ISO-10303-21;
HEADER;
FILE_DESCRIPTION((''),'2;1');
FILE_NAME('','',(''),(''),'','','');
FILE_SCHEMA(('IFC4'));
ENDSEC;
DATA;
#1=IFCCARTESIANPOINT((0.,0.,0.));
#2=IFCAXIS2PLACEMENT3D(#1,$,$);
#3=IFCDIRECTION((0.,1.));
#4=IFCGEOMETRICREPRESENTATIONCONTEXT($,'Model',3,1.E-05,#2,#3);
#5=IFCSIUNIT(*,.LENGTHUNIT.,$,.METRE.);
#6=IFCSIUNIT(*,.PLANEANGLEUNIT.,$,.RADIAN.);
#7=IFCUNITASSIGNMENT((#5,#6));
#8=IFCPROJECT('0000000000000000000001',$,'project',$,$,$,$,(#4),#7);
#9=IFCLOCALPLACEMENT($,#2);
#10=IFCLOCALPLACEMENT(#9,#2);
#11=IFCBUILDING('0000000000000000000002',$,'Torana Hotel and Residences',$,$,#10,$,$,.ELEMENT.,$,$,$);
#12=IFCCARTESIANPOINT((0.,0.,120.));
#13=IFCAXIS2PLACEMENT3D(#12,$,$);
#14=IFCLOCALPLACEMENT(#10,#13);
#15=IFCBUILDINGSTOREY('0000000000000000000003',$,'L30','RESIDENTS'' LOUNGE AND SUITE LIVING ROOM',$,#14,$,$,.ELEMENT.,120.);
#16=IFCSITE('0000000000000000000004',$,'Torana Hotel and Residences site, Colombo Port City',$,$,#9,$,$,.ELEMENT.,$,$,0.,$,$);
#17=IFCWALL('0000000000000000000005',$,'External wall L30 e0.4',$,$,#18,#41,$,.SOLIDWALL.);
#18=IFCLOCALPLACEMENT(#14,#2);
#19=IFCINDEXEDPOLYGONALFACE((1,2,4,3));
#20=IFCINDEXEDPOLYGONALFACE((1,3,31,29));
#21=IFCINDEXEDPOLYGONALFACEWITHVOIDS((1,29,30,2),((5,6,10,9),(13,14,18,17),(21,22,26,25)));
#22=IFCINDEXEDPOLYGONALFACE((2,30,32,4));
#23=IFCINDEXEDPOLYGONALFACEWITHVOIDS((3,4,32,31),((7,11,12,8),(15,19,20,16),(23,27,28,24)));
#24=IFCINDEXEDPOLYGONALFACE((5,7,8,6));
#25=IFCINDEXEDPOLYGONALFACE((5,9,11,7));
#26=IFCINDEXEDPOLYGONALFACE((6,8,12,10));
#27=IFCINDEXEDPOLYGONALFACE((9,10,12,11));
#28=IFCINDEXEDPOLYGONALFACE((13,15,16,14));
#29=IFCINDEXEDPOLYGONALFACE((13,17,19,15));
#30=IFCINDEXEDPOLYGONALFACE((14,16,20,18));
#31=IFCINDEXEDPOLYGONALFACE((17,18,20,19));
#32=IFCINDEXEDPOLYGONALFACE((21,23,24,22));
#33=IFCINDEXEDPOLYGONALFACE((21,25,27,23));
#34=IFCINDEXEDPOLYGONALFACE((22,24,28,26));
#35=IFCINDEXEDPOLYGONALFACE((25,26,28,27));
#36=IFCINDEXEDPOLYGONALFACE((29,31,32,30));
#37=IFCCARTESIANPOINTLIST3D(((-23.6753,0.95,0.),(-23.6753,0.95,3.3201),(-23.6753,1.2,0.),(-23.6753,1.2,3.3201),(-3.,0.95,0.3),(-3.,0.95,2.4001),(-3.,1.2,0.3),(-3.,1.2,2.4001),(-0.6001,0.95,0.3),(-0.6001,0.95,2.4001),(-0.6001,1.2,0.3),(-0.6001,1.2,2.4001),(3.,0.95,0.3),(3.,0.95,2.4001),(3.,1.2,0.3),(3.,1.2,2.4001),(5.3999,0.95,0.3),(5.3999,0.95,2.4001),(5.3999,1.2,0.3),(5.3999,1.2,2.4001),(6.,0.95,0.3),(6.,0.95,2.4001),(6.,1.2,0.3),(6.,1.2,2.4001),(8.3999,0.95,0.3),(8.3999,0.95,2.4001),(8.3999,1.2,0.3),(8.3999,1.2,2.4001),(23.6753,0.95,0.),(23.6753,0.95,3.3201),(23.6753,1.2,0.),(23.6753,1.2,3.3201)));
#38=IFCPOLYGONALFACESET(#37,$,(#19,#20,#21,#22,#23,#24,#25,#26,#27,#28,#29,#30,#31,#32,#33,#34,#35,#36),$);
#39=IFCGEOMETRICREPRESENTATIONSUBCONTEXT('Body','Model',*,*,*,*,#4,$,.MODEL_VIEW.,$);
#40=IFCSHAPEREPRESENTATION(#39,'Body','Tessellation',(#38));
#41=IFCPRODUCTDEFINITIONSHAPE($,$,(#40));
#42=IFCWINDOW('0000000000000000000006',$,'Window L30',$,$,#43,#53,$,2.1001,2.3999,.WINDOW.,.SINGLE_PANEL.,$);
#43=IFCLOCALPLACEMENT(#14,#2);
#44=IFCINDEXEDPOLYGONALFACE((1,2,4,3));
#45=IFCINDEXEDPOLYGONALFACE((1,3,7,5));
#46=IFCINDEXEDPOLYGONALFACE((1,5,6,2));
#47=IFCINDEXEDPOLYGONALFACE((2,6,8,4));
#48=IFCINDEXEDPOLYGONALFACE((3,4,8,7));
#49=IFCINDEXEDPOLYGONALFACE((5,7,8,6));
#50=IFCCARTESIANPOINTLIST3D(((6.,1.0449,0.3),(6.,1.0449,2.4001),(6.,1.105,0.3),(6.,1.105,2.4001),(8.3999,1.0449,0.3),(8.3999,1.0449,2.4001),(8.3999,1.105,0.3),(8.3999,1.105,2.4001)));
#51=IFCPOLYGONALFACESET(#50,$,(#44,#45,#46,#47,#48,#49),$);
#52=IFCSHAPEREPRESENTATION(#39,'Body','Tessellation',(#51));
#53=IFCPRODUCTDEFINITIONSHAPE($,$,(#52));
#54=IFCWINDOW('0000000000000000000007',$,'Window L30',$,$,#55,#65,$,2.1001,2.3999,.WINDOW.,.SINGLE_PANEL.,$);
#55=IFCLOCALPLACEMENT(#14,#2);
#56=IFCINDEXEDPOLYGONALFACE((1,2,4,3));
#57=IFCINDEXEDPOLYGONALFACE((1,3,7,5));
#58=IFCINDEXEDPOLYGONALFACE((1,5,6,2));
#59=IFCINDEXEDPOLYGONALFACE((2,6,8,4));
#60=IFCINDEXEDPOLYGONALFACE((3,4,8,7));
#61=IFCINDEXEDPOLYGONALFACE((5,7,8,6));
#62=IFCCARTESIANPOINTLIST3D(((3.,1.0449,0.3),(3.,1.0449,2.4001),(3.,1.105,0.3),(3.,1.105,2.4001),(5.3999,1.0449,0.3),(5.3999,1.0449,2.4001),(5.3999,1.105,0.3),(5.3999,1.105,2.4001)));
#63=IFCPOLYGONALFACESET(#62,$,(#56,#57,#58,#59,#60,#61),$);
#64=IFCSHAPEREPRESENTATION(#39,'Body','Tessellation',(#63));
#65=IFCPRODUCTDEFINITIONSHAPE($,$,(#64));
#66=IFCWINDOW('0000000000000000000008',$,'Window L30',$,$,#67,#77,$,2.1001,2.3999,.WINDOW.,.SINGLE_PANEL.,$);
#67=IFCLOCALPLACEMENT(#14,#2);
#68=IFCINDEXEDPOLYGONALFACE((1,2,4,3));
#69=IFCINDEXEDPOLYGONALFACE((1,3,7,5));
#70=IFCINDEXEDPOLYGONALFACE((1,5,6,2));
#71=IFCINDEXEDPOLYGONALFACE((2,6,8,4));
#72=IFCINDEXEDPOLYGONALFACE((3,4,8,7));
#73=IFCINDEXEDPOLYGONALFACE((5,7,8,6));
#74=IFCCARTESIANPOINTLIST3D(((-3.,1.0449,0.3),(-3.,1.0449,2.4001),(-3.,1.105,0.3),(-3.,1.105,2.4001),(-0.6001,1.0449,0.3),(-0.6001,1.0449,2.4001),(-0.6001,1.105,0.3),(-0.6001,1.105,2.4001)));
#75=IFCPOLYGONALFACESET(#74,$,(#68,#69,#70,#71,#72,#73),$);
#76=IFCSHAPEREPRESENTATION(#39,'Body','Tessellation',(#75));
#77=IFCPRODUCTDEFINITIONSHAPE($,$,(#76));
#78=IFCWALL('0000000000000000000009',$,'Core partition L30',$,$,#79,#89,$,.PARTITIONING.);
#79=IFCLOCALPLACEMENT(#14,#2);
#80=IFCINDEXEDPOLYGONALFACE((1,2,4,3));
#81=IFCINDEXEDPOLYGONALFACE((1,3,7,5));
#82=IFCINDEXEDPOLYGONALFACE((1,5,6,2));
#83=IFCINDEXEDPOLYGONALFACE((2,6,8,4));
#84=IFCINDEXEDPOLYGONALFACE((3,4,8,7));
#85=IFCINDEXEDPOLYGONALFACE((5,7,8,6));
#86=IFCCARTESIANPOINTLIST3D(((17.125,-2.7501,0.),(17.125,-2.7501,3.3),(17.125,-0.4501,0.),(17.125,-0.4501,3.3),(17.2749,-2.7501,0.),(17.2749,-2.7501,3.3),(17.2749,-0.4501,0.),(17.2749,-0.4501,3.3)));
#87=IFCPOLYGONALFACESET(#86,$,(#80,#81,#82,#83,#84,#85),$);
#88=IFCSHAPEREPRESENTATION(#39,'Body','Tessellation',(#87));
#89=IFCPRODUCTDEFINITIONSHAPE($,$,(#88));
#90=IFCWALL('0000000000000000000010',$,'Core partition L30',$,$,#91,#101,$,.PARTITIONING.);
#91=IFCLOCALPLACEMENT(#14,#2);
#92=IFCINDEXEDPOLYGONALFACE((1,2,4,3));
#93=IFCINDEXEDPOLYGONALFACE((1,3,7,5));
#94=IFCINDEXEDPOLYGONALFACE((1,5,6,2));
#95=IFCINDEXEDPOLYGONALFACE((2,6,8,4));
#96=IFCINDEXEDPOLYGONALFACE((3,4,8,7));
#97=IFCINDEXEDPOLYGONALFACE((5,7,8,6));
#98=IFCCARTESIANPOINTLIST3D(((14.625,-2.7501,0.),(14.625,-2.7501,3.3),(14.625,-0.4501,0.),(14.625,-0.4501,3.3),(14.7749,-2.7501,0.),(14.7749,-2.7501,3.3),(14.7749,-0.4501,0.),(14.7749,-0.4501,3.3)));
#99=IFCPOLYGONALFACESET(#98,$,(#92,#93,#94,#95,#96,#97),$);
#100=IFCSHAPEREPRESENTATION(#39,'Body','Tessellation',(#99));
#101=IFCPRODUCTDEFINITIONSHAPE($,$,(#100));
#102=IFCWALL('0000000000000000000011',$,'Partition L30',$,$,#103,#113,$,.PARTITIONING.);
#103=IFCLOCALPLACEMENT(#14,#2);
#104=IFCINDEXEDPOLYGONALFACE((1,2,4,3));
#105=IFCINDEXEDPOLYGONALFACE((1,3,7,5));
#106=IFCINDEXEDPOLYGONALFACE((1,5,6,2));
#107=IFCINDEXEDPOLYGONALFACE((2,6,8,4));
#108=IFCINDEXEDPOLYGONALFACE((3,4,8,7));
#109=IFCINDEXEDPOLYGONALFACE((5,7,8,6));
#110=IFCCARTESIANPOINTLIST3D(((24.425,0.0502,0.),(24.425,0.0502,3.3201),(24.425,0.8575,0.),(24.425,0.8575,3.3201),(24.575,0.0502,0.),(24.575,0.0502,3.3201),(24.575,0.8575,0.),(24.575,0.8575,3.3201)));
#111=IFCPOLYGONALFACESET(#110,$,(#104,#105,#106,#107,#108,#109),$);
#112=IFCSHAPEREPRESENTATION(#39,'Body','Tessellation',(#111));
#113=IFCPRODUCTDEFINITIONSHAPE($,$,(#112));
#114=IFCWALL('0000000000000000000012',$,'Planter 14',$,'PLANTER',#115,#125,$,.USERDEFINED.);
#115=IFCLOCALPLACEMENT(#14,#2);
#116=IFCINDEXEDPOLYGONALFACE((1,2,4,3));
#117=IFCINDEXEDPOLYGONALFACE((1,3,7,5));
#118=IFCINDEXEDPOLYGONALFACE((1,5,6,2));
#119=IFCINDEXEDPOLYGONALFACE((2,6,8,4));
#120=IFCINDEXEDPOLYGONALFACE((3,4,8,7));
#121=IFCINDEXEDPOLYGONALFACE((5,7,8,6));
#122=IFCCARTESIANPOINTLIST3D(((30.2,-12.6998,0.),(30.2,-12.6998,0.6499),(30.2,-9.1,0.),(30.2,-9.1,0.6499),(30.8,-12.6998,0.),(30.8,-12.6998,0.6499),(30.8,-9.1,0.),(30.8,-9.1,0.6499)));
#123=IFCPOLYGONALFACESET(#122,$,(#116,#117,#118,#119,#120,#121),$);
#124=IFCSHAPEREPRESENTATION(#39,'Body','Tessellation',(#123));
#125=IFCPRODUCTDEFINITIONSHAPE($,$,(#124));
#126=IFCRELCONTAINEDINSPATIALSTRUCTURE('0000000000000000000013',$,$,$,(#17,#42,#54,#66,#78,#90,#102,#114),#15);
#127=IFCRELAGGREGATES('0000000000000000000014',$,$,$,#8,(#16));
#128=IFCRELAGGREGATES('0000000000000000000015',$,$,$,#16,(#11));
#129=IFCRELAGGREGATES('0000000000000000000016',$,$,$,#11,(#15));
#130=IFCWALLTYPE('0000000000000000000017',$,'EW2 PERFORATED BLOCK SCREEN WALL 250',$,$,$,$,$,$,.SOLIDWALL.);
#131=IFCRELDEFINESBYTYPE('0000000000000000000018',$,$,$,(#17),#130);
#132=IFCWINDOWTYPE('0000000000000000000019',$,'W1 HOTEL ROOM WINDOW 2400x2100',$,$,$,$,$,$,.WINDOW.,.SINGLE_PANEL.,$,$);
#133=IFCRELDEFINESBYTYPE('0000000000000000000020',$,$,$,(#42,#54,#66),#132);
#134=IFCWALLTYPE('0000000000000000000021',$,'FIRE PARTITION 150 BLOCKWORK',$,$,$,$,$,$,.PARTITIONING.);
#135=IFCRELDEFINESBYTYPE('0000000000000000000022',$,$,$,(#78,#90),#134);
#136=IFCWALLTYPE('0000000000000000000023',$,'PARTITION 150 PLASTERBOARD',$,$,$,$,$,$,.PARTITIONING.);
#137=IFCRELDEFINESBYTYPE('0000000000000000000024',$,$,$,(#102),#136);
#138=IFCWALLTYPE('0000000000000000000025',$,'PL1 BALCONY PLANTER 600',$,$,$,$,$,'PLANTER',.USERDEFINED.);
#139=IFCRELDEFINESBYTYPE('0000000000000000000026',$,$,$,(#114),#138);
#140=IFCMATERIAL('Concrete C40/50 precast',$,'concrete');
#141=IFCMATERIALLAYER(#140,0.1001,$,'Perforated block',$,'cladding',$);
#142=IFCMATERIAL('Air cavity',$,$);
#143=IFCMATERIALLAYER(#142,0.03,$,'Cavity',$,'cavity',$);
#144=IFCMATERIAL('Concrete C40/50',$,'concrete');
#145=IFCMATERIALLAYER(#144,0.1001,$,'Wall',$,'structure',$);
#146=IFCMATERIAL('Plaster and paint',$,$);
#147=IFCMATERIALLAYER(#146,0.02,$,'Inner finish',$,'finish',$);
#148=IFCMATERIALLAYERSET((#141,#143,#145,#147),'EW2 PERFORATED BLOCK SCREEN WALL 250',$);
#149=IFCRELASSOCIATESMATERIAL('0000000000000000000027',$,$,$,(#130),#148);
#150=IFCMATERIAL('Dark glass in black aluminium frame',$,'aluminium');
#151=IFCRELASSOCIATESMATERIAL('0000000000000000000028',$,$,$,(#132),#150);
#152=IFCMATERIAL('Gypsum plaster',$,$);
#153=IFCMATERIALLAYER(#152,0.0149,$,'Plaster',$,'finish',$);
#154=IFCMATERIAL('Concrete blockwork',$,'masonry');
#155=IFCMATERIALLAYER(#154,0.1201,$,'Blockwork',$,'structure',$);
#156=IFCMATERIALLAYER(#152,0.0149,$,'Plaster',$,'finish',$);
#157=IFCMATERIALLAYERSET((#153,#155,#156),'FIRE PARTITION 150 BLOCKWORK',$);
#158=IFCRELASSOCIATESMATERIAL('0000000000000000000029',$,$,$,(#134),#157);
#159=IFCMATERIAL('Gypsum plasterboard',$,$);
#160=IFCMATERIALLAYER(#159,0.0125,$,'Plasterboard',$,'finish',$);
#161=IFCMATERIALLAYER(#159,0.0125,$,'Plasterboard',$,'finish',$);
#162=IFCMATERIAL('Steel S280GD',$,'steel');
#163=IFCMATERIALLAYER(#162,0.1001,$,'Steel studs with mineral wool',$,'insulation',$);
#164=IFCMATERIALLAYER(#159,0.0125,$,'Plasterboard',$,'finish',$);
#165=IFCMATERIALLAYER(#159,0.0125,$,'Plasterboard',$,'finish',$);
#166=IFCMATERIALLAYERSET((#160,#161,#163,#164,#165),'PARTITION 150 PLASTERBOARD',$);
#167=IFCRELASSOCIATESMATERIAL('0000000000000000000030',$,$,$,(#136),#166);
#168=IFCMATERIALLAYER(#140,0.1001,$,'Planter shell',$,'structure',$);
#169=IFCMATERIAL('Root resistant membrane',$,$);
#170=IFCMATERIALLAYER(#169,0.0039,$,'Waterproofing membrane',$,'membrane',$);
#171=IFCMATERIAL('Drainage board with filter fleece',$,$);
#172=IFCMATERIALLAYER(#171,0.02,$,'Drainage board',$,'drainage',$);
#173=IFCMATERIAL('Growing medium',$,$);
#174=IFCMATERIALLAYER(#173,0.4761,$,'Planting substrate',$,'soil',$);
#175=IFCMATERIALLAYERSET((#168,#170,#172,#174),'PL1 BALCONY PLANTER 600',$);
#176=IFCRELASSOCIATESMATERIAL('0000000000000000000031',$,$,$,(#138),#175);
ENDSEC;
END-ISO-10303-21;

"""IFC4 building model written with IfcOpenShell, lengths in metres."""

from ifc_helpers import new_model, si_unit, direction, frame, frame_2d, origin, place, context, subcontext, project, spatial, rectangle, extrude, material, layer, layer_set, type_object, element, fill, save


model = new_model("IFC4")

# Units and contexts
model_context = context("Model", 3, precision=1e-05, world=origin(), true_north=direction((0.0, 1.0)))
body_context = subcontext(model_context, "Body", "Model", "MODEL_VIEW")
ifc_project = project(units=[si_unit("LENGTHUNIT", "METRE"), si_unit("PLANEANGLEUNIT", "RADIAN")], contexts=[model_context])

# Site, building, storey
site_placement = place(None, origin())
site = spatial("IfcSite", under=ifc_project, at=site_placement, Name="Torana Hotel and Residences site, Colombo Port City", CompositionType="ELEMENT", RefElevation=0.0)
building_placement = place(site_placement, origin())
building = spatial("IfcBuilding", under=site, at=building_placement, Name="Torana Hotel and Residences", CompositionType="ELEMENT")
storey_placement = place(building_placement, frame((0.0, 0.0, 120.0)))
storey = spatial("IfcBuildingStorey", under=building, at=storey_placement, Name="L30", Description="RESIDENTS' LOUNGE AND SUITE LIVING ROOM", CompositionType="ELEMENT", Elevation=120.0)

# Shared definitions
ifc_material_1 = material(Name="Steel S280GD", Category="steel")

# Wall, openings, windows
ifc_material_2 = material(Name="Concrete C40/50 precast", Category="concrete")
ifc_layer_1 = layer(ifc_material_2, 0.1001, Name="Perforated block", Category="cladding")
ifc_material_3 = material(Name="Air cavity")
ifc_layer_2 = layer(ifc_material_3, 0.03, Name="Cavity", Category="cavity")
ifc_material_4 = material(Name="Concrete C40/50", Category="concrete")
ifc_layer_3 = layer(ifc_material_4, 0.1001, Name="Wall", Category="structure")
ifc_material_5 = material(Name="Plaster and paint")
ifc_layer_4 = layer(ifc_material_5, 0.02, Name="Inner finish", Category="finish")
ifc_layer_set_1 = layer_set([ifc_layer_1, ifc_layer_2, ifc_layer_3, ifc_layer_4], Name="EW2 PERFORATED BLOCK SCREEN WALL 250")
wall_type_1 = type_object("IfcWallType", Name="EW2 PERFORATED BLOCK SCREEN WALL 250", PredefinedType="SOLIDWALL", material=ifc_layer_set_1)
wall_1_placement = place(storey_placement, frame((23.6753, 1.075, 0.0), z_axis=(0.0, 0.0, 1.0), x_axis=(-1.0, 0.0, 0.0)))
wall_1 = element("IfcWall", 1, at=wall_1_placement, inside=storey, type_object=wall_type_1, Name="External wall L30 e0.4", PredefinedType="SOLIDWALL", context=body_context, shape_type="SweptSolid", body=[
    extrude(rectangle(XDim=47.3506, YDim=0.25, at=frame_2d((23.6753, 0.0))), origin(), (0.0, 0.0, 1.0), 3.3201),
])
opening_1_placement = place(wall_1_placement, frame((15.2754, 0.0, 0.3)))
opening_1 = element("IfcOpeningElement", 2, at=opening_1_placement, cuts=wall_1, PredefinedType="OPENING", context=body_context, shape_type="SweptSolid", body=[
    extrude(rectangle(XDim=2.3999, YDim=2.1001, at=frame_2d((1.2, 1.05))), frame((0.0, 0.135, 0.0), z_axis=(0.0, -1.0, 0.0), x_axis=(1.0, 0.0, 0.0)), (0.0, 0.0, 1.0), 0.27),
])
opening_2_placement = place(wall_1_placement, frame((18.2754, 0.0, 0.3)))
opening_2 = element("IfcOpeningElement", 3, at=opening_2_placement, cuts=wall_1, PredefinedType="OPENING", context=body_context, shape_type="SweptSolid", body=[
    extrude(rectangle(XDim=2.3999, YDim=2.1001, at=frame_2d((1.2, 1.05))), frame((0.0, 0.135, 0.0), z_axis=(0.0, -1.0, 0.0), x_axis=(1.0, 0.0, 0.0)), (0.0, 0.0, 1.0), 0.27),
])
opening_3_placement = place(wall_1_placement, frame((24.2754, 0.0, 0.3)))
opening_3 = element("IfcOpeningElement", 4, at=opening_3_placement, cuts=wall_1, PredefinedType="OPENING", context=body_context, shape_type="SweptSolid", body=[
    extrude(rectangle(XDim=2.3999, YDim=2.1001, at=frame_2d((1.2, 1.05))), frame((0.0, 0.135, 0.0), z_axis=(0.0, -1.0, 0.0), x_axis=(1.0, 0.0, 0.0)), (0.0, 0.0, 1.0), 0.27),
])
ifc_material_6 = material(Name="Dark glass in black aluminium frame", Category="aluminium")
window_type = type_object("IfcWindowType", Name="W1 HOTEL ROOM WINDOW 2400x2100", PartitioningType="SINGLE_PANEL", PredefinedType="WINDOW", material=ifc_material_6)
window_1_placement = place(opening_1_placement, origin())
window_1 = element("IfcWindow", 5, at=window_1_placement, inside=storey, type_object=window_type, Name="Window L30", OverallHeight=2.1001, OverallWidth=2.3999, PartitioningType="SINGLE_PANEL", PredefinedType="WINDOW", context=body_context, shape_type="SweptSolid", body=[
    extrude(rectangle(XDim=2.3999, YDim=2.1001, at=frame_2d((1.2, 1.05))), frame((0.0, 0.03, 0.0), z_axis=(0.0, -1.0, 0.0), x_axis=(1.0, 0.0, 0.0)), (0.0, 0.0, 1.0), 0.0601),
])
fill(opening_1, window_1)
window_2_placement = place(opening_2_placement, origin())
window_2 = element("IfcWindow", 6, at=window_2_placement, inside=storey, type_object=window_type, Name="Window L30", OverallHeight=2.1001, OverallWidth=2.3999, PartitioningType="SINGLE_PANEL", PredefinedType="WINDOW", context=body_context, shape_type="SweptSolid", body=[
    extrude(rectangle(XDim=2.3999, YDim=2.1001, at=frame_2d((1.2, 1.05))), frame((0.0, 0.03, 0.0), z_axis=(0.0, -1.0, 0.0), x_axis=(1.0, 0.0, 0.0)), (0.0, 0.0, 1.0), 0.0601),
])
fill(opening_2, window_2)
window_3_placement = place(opening_3_placement, origin())
window_3 = element("IfcWindow", 7, at=window_3_placement, inside=storey, type_object=window_type, Name="Window L30", OverallHeight=2.1001, OverallWidth=2.3999, PartitioningType="SINGLE_PANEL", PredefinedType="WINDOW", context=body_context, shape_type="SweptSolid", body=[
    extrude(rectangle(XDim=2.3999, YDim=2.1001, at=frame_2d((1.2, 1.05))), frame((0.0, 0.03, 0.0), z_axis=(0.0, -1.0, 0.0), x_axis=(1.0, 0.0, 0.0)), (0.0, 0.0, 1.0), 0.0601),
])
fill(opening_3, window_3)

# Walls
ifc_material_7 = material(Name="Gypsum plaster")
ifc_layer_5 = layer(ifc_material_7, 0.0149, Name="Plaster", Category="finish")
ifc_material_8 = material(Name="Concrete blockwork", Category="masonry")
ifc_layer_6 = layer(ifc_material_8, 0.1201, Name="Blockwork", Category="structure")
ifc_layer_7 = layer(ifc_material_7, 0.0149, Name="Plaster", Category="finish")
ifc_layer_set_2 = layer_set([ifc_layer_5, ifc_layer_6, ifc_layer_7], Name="FIRE PARTITION 150 BLOCKWORK")
wall_type_2 = type_object("IfcWallType", Name="FIRE PARTITION 150 BLOCKWORK", PredefinedType="PARTITIONING", material=ifc_layer_set_2)
for number, where, z_axis, x_axis, name in (
    (8, (17.2, -2.75, 0.0), (0.0, 0.0, 1.0), (0.0, 1.0, 0.0), "Core partition L30"),
    (9, (14.7, -2.75, 0.0), (0.0, 0.0, 1.0), (0.0, 1.0, 0.0), "Core partition L30"),
):
    element("IfcWall", number, at=place(storey_placement, frame(where, z_axis=z_axis, x_axis=x_axis)), inside=storey, type_object=wall_type_2, Name=name, PredefinedType="PARTITIONING", context=body_context, shape_type="SweptSolid", body=[
        extrude(rectangle(XDim=2.3, YDim=0.1499, at=frame_2d((1.1499, 0.0))), origin(), (0.0, 0.0, 1.0), 3.3),
    ])
ifc_material_9 = material(Name="Gypsum plasterboard")
ifc_layer_8 = layer(ifc_material_9, 0.0125, Name="Plasterboard", Category="finish")
ifc_layer_9 = layer(ifc_material_9, 0.0125, Name="Plasterboard", Category="finish")
ifc_layer_10 = layer(ifc_material_1, 0.1001, Name="Steel studs with mineral wool", Category="insulation")
ifc_layer_11 = layer(ifc_material_9, 0.0125, Name="Plasterboard", Category="finish")
ifc_layer_12 = layer(ifc_material_9, 0.0125, Name="Plasterboard", Category="finish")
ifc_layer_set_3 = layer_set([ifc_layer_8, ifc_layer_9, ifc_layer_10, ifc_layer_11, ifc_layer_12], Name="PARTITION 150 PLASTERBOARD")
wall_type_3 = type_object("IfcWallType", Name="PARTITION 150 PLASTERBOARD", PredefinedType="PARTITIONING", material=ifc_layer_set_3)
wall_2_placement = place(storey_placement, frame((24.5, 0.05, 0.0), z_axis=(0.0, 0.0, 1.0), x_axis=(0.0, 1.0, 0.0)))
element("IfcWall", 10, at=wall_2_placement, inside=storey, type_object=wall_type_3, Name="Partition L30", PredefinedType="PARTITIONING", context=body_context, shape_type="SweptSolid", body=[
    extrude(rectangle(XDim=0.8074, YDim=0.1499, at=frame_2d((0.4038, 0.0))), origin(), (0.0, 0.0, 1.0), 3.3201),
])
ifc_layer_13 = layer(ifc_material_2, 0.1001, Name="Planter shell", Category="structure")
ifc_material_10 = material(Name="Root resistant membrane")
ifc_layer_14 = layer(ifc_material_10, 0.0039, Name="Waterproofing membrane", Category="membrane")
ifc_material_11 = material(Name="Drainage board with filter fleece")
ifc_layer_15 = layer(ifc_material_11, 0.02, Name="Drainage board", Category="drainage")
ifc_material_12 = material(Name="Growing medium")
ifc_layer_16 = layer(ifc_material_12, 0.4761, Name="Planting substrate", Category="soil")
ifc_layer_set_4 = layer_set([ifc_layer_13, ifc_layer_14, ifc_layer_15, ifc_layer_16], Name="PL1 BALCONY PLANTER 600")
wall_type_4 = type_object("IfcWallType", Name="PL1 BALCONY PLANTER 600", ElementType="PLANTER", PredefinedType="USERDEFINED", material=ifc_layer_set_4)
wall_3_placement = place(storey_placement, frame((30.5, -9.1001, 0.0), z_axis=(0.0, 0.0, 1.0), x_axis=(0.0, -1.0, 0.0)))
element("IfcWall", 11, at=wall_3_placement, inside=storey, type_object=wall_type_4, Name="Planter 14", ObjectType="PLANTER", PredefinedType="USERDEFINED", context=body_context, shape_type="SweptSolid", body=[
    extrude(rectangle(XDim=3.5999, YDim=0.6001, at=frame_2d((1.7998, 0.0))), origin(), (0.0, 0.0, 1.0), 0.6499),
])

save(model, "model.ifc")
